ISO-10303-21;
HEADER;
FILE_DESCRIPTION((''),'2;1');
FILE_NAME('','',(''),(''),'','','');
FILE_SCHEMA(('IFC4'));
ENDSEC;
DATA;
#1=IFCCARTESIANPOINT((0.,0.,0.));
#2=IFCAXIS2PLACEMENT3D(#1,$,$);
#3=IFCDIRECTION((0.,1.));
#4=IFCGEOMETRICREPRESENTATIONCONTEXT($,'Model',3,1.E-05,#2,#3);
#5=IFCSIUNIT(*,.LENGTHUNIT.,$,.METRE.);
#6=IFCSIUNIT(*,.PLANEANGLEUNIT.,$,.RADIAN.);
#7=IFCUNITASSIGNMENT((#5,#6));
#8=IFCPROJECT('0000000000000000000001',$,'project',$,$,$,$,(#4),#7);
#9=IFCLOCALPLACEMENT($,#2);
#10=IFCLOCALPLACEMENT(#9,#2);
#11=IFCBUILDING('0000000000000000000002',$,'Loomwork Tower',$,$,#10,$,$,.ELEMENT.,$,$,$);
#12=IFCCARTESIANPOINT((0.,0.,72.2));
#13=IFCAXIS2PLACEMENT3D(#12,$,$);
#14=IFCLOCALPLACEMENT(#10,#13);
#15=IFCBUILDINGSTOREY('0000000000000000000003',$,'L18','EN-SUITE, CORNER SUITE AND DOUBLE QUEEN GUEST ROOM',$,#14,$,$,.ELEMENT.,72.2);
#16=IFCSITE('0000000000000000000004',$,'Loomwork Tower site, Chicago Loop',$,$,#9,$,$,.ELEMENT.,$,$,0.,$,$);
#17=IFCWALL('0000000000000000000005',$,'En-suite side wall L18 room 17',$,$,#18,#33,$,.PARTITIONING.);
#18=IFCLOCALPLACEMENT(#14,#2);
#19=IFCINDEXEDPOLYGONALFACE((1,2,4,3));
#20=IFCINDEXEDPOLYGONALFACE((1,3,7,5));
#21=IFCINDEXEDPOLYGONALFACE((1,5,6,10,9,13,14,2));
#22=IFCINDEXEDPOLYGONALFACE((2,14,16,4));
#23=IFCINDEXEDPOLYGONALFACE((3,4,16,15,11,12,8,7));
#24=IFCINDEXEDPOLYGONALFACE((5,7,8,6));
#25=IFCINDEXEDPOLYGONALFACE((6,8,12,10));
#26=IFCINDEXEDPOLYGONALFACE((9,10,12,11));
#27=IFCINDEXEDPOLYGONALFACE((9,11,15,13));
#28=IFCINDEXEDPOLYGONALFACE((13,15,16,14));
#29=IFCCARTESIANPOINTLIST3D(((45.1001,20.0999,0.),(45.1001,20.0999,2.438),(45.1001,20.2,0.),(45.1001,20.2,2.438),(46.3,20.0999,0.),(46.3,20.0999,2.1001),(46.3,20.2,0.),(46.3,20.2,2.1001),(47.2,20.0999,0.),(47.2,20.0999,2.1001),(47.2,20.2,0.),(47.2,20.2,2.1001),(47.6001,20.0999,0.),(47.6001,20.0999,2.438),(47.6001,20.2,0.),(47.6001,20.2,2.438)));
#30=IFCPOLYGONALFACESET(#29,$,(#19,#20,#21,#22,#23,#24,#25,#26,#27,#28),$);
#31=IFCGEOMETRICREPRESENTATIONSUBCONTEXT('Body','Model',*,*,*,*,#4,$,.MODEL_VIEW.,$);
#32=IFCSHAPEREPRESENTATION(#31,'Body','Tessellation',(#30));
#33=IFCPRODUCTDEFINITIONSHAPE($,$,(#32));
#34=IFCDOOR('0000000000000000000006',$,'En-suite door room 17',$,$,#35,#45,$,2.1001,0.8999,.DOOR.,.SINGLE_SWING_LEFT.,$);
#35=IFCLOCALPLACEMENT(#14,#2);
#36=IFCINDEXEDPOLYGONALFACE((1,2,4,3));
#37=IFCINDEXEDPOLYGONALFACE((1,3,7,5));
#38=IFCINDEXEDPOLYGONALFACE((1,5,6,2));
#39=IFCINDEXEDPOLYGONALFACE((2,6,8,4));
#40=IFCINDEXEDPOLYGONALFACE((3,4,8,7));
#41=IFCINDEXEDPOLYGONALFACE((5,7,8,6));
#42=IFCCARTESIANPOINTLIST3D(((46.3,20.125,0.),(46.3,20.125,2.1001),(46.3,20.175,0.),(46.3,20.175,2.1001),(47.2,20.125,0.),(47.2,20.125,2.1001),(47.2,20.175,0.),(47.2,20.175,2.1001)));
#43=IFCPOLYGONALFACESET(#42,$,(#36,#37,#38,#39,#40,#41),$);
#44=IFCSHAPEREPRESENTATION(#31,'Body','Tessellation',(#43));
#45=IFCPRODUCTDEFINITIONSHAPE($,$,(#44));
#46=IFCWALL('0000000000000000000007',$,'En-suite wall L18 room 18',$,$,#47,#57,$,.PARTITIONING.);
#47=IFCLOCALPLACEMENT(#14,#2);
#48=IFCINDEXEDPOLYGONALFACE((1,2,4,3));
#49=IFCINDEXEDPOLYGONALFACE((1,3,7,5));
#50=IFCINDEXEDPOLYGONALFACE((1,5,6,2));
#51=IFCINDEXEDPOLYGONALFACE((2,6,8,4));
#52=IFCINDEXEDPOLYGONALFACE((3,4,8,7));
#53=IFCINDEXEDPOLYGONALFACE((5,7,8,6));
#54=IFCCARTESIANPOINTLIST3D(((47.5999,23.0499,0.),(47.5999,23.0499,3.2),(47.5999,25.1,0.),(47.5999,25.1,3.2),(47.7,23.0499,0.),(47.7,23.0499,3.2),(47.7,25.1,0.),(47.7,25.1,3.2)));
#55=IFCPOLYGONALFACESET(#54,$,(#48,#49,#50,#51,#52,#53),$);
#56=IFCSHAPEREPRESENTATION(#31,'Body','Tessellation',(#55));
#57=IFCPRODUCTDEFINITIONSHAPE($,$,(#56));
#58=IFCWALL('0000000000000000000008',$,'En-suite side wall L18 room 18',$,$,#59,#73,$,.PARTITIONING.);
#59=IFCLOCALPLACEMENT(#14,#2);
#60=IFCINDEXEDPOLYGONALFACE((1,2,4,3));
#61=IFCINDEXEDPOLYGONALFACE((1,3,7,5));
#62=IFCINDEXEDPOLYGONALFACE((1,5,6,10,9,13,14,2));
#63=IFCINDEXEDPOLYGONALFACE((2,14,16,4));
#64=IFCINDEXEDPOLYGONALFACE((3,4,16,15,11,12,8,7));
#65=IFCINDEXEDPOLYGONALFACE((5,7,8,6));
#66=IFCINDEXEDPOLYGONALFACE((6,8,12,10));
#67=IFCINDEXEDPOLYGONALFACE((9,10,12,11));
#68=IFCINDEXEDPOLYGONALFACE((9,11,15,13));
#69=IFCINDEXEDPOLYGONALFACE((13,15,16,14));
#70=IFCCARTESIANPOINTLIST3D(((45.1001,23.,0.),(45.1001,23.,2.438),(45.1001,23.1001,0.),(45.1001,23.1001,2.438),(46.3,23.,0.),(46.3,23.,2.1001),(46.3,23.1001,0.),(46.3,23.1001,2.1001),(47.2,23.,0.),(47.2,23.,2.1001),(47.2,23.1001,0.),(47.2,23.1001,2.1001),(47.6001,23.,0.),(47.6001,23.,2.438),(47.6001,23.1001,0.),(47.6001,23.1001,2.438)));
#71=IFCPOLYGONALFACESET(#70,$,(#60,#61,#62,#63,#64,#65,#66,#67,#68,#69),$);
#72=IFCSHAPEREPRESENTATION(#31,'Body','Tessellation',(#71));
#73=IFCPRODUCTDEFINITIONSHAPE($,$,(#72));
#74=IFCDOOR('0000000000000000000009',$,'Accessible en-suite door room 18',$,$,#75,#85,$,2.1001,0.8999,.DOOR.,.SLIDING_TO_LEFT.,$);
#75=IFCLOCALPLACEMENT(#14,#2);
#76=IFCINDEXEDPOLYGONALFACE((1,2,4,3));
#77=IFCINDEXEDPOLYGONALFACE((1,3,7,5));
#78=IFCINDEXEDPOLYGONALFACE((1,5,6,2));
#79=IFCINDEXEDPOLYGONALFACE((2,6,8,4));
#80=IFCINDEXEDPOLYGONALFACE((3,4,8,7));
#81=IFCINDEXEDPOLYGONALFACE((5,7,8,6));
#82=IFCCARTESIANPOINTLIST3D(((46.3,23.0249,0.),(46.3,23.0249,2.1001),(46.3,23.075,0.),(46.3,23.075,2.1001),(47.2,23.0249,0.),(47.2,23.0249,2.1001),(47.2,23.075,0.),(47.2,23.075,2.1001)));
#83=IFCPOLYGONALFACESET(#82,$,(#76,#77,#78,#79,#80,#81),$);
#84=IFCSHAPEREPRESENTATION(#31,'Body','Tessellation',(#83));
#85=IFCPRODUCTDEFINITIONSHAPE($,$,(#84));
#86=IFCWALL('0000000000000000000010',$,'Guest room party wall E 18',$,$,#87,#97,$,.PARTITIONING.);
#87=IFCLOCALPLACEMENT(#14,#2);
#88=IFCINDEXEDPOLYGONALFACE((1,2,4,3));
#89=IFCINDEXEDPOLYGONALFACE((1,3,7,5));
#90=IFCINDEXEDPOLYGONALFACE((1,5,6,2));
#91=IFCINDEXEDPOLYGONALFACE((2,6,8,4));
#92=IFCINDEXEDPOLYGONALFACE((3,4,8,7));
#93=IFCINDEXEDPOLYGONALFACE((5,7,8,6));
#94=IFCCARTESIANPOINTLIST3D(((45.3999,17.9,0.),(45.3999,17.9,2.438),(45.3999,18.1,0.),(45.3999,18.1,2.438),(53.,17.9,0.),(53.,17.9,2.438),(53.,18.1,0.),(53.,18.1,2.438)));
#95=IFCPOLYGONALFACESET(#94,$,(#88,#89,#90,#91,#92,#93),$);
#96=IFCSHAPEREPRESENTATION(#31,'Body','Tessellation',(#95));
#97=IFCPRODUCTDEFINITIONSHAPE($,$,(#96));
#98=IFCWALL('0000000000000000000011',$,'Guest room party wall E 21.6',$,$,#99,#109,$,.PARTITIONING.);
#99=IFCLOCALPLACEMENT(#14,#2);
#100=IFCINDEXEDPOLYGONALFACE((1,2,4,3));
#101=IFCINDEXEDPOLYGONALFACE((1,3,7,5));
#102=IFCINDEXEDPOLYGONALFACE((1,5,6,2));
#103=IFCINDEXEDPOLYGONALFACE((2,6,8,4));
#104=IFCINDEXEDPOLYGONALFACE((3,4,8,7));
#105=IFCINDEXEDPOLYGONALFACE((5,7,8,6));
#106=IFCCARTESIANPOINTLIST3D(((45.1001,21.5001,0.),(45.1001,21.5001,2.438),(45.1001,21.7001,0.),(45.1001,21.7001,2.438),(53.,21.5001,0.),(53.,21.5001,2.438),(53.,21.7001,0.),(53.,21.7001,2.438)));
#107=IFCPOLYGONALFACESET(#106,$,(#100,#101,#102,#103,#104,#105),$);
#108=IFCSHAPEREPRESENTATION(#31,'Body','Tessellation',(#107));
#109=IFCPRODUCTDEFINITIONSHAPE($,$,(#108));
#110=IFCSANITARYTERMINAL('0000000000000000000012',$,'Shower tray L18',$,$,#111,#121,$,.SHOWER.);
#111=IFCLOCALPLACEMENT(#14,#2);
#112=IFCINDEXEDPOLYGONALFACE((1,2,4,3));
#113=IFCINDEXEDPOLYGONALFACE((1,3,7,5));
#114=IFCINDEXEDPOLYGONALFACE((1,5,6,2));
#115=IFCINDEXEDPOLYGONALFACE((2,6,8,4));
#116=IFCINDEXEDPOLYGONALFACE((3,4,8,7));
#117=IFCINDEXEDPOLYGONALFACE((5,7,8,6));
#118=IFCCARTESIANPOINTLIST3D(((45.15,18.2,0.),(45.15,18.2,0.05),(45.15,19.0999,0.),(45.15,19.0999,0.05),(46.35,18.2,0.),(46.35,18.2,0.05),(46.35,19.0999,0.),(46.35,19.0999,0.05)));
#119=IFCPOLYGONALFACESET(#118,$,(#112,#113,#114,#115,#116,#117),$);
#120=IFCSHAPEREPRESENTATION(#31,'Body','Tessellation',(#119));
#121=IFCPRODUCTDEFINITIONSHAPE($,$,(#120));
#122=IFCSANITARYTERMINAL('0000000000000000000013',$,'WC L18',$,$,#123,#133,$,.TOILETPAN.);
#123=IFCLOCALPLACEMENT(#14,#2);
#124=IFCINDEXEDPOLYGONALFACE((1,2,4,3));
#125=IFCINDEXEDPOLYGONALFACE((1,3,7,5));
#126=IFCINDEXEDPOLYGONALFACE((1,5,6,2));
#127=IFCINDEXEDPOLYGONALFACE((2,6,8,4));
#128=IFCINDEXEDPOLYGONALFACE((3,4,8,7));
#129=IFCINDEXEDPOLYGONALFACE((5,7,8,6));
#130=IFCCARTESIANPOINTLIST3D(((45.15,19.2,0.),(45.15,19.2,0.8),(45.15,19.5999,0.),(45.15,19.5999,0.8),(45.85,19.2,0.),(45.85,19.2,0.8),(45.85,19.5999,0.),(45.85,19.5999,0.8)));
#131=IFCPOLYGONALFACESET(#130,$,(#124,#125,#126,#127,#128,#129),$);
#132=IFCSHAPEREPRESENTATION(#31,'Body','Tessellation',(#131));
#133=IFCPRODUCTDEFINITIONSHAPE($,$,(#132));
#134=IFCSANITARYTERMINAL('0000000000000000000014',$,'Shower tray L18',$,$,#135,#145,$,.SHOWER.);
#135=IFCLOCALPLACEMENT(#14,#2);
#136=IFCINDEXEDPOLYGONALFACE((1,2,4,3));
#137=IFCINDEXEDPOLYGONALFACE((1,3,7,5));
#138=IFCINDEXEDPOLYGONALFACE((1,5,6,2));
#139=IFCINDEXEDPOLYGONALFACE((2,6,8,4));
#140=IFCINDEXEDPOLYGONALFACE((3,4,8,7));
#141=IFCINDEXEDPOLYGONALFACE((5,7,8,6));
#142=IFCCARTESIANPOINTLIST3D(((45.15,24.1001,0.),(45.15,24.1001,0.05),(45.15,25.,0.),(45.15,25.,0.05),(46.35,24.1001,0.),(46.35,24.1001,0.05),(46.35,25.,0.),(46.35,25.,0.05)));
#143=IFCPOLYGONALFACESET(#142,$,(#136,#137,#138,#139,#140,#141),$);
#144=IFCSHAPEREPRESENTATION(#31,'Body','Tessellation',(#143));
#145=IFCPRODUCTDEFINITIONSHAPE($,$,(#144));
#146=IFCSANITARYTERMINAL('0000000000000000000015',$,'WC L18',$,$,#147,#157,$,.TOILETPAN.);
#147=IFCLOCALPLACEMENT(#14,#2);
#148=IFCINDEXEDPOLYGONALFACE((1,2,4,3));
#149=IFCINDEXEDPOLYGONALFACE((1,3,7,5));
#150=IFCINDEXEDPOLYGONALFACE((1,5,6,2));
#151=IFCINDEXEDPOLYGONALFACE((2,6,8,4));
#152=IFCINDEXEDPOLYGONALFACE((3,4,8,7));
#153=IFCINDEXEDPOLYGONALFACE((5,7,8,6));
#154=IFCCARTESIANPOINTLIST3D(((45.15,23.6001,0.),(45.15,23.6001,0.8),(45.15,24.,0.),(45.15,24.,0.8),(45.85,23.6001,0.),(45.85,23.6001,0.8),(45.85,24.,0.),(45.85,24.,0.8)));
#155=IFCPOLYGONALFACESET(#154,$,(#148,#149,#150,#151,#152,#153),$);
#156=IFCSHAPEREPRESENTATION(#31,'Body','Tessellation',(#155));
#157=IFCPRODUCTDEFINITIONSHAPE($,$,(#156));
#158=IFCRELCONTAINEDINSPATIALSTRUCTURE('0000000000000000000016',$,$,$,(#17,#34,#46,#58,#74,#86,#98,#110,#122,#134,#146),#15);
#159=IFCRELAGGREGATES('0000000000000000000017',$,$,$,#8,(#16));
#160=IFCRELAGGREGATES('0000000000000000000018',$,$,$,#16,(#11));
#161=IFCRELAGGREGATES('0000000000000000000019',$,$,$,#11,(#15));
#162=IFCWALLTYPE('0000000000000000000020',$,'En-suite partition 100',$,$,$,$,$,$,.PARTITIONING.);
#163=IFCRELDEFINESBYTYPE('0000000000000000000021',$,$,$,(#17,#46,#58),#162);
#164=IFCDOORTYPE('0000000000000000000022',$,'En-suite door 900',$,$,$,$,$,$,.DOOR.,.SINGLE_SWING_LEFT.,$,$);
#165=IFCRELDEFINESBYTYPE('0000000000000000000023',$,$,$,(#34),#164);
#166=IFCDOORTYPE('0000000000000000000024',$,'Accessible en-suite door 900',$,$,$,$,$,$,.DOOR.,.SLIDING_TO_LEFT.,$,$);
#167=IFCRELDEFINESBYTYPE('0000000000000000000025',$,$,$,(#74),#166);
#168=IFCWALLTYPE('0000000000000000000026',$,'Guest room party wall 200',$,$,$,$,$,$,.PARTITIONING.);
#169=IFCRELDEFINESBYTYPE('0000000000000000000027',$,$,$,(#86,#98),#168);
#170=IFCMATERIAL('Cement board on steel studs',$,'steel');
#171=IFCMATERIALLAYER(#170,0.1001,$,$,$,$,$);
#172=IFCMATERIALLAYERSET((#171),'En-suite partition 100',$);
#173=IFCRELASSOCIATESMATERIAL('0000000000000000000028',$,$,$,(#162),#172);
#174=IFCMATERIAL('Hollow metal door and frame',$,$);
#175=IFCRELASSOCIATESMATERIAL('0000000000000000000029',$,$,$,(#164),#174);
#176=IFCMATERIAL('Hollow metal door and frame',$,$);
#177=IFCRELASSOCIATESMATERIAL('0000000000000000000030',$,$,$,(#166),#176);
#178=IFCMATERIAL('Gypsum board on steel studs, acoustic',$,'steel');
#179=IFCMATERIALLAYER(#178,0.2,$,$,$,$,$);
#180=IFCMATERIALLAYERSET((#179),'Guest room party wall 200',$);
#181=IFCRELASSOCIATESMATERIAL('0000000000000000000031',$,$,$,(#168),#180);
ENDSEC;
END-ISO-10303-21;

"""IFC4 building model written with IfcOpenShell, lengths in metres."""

from ifc_helpers import new_model, si_unit, direction, frame, frame_2d, origin, origin_2d, place, context, subcontext, project, spatial, rectangle, extrude, material, layer, layer_set, type_object, element, fill, save


model = new_model("IFC4")

# Units and contexts
model_context = context("Model", 3, precision=1e-05, world=origin(), true_north=direction((0.0, 1.0)))
body_context = subcontext(model_context, "Body", "Model", "MODEL_VIEW")
ifc_project = project(units=[si_unit("LENGTHUNIT", "METRE"), si_unit("PLANEANGLEUNIT", "RADIAN")], contexts=[model_context])

# Site, building, storey
site_placement = place(None, origin())
site = spatial("IfcSite", under=ifc_project, at=site_placement, Name="Loomwork Tower site, Chicago Loop", CompositionType="ELEMENT", RefElevation=0.0)
building_placement = place(site_placement, origin())
building = spatial("IfcBuilding", under=site, at=building_placement, Name="Loomwork Tower", CompositionType="ELEMENT")
storey_placement = place(building_placement, frame((0.0, 0.0, 72.2)))
storey = spatial("IfcBuildingStorey", under=building, at=storey_placement, Name="L18", Description="EN-SUITE, CORNER SUITE AND DOUBLE QUEEN GUEST ROOM", CompositionType="ELEMENT", Elevation=72.2)

# Shared definitions
ifc_material_1 = material(Name="Cement board on steel studs", Category="steel")
ifc_layer_1 = layer(ifc_material_1, 0.1001)
ifc_layer_set_1 = layer_set([ifc_layer_1], Name="En-suite partition 100")
wall_type_1 = type_object("IfcWallType", Name="En-suite partition 100", PredefinedType="PARTITIONING", material=ifc_layer_set_1)

# Wall, opening, door
wall_1_placement = place(storey_placement, frame((45.1001, 20.1499, 0.0), z_axis=(0.0, 0.0, 1.0), x_axis=(1.0, 0.0, 0.0)))
wall_1 = element("IfcWall", 1, at=wall_1_placement, inside=storey, type_object=wall_type_1, Name="En-suite side wall L18 room 17", PredefinedType="PARTITIONING", context=body_context, shape_type="SweptSolid", body=[
    extrude(rectangle(XDim=2.5, YDim=0.1001, at=frame_2d((1.25, 0.0))), origin(), (0.0, 0.0, 1.0), 2.438),
])
opening_1_placement = place(wall_1_placement, frame((1.2, 0.0, 0.0)))
opening_1 = element("IfcOpeningElement", 2, at=opening_1_placement, cuts=wall_1, PredefinedType="OPENING", context=body_context, shape_type="SweptSolid", body=[
    extrude(rectangle(XDim=0.8999, YDim=2.1001, at=frame_2d((0.45, 1.05))), frame((0.0, 0.0601, 0.0), z_axis=(0.0, -1.0, 0.0), x_axis=(1.0, 0.0, 0.0)), (0.0, 0.0, 1.0), 0.1201),
])
ifc_material_2 = material(Name="Hollow metal door and frame")
door_type_1 = type_object("IfcDoorType", Name="En-suite door 900", OperationType="SINGLE_SWING_LEFT", PredefinedType="DOOR", material=ifc_material_2)
door_1_placement = place(opening_1_placement, frame((0.8999, 0.0, 0.0), z_axis=(0.0, 0.0, 1.0), x_axis=(-1.0, 0.0, 0.0)))
door_1 = element("IfcDoor", 3, at=door_1_placement, inside=storey, type_object=door_type_1, Name="En-suite door room 17", OperationType="SINGLE_SWING_LEFT", OverallHeight=2.1001, OverallWidth=0.8999, PredefinedType="DOOR", context=body_context, shape_type="SweptSolid", body=[
    extrude(rectangle(XDim=0.8999, YDim=2.1001, at=frame_2d((0.45, 1.05))), frame((0.0, 0.0249, 0.0), z_axis=(0.0, -1.0, 0.0), x_axis=(1.0, 0.0, 0.0)), (0.0, 0.0, 1.0), 0.05),
])
fill(opening_1, door_1)

# Wall
wall_2_placement = place(storey_placement, frame((47.6499, 23.05, 0.0), z_axis=(0.0, 0.0, 1.0), x_axis=(0.0, 1.0, 0.0)))
element("IfcWall", 4, at=wall_2_placement, inside=storey, type_object=wall_type_1, Name="En-suite wall L18 room 18", PredefinedType="PARTITIONING", context=body_context, shape_type="SweptSolid", body=[
    extrude(rectangle(XDim=2.05, YDim=0.1001, at=frame_2d((1.0249, 0.0))), origin(), (0.0, 0.0, 1.0), 3.2),
])

# Wall, opening, door
wall_3_placement = place(storey_placement, frame((45.1001, 23.05, 0.0), z_axis=(0.0, 0.0, 1.0), x_axis=(1.0, 0.0, 0.0)))
wall_3 = element("IfcWall", 5, at=wall_3_placement, inside=storey, type_object=wall_type_1, Name="En-suite side wall L18 room 18", PredefinedType="PARTITIONING", context=body_context, shape_type="SweptSolid", body=[
    extrude(rectangle(XDim=2.5, YDim=0.1001, at=frame_2d((1.25, 0.0))), origin(), (0.0, 0.0, 1.0), 2.438),
])
opening_2_placement = place(wall_3_placement, frame((1.2, 0.0, 0.0)))
opening_2 = element("IfcOpeningElement", 6, at=opening_2_placement, cuts=wall_3, PredefinedType="OPENING", context=body_context, shape_type="SweptSolid", body=[
    extrude(rectangle(XDim=0.8999, YDim=2.1001, at=frame_2d((0.45, 1.05))), frame((0.0, 0.0601, 0.0), z_axis=(0.0, -1.0, 0.0), x_axis=(1.0, 0.0, 0.0)), (0.0, 0.0, 1.0), 0.1201),
])
ifc_material_3 = material(Name="Hollow metal door and frame")
door_type_2 = type_object("IfcDoorType", Name="Accessible en-suite door 900", OperationType="SLIDING_TO_LEFT", PredefinedType="DOOR", material=ifc_material_3)
door_2_placement = place(opening_2_placement, origin())
door_2 = element("IfcDoor", 7, at=door_2_placement, inside=storey, type_object=door_type_2, Name="Accessible en-suite door room 18", OperationType="SLIDING_TO_LEFT", OverallHeight=2.1001, OverallWidth=0.8999, PredefinedType="DOOR", context=body_context, shape_type="SweptSolid", body=[
    extrude(rectangle(XDim=0.8999, YDim=2.1001, at=frame_2d((0.45, 1.05))), frame((0.0, 0.0249, 0.0), z_axis=(0.0, -1.0, 0.0), x_axis=(1.0, 0.0, 0.0)), (0.0, 0.0, 1.0), 0.05),
])
fill(opening_2, door_2)

# Walls
ifc_material_4 = material(Name="Gypsum board on steel studs, acoustic", Category="steel")
ifc_layer_2 = layer(ifc_material_4, 0.2)
ifc_layer_set_2 = layer_set([ifc_layer_2], Name="Guest room party wall 200")
wall_type_2 = type_object("IfcWallType", Name="Guest room party wall 200", PredefinedType="PARTITIONING", material=ifc_layer_set_2)
wall_4_placement = place(storey_placement, frame((45.3999, 18.0, 0.0), z_axis=(0.0, 0.0, 1.0), x_axis=(1.0, 0.0, 0.0)))
element("IfcWall", 8, at=wall_4_placement, inside=storey, type_object=wall_type_2, Name="Guest room party wall E 18", PredefinedType="PARTITIONING", context=body_context, shape_type="SweptSolid", body=[
    extrude(rectangle(XDim=7.6001, YDim=0.2, at=frame_2d((3.8, 0.0))), origin(), (0.0, 0.0, 1.0), 2.438),
])
wall_5_placement = place(storey_placement, frame((45.1001, 21.6001, 0.0), z_axis=(0.0, 0.0, 1.0), x_axis=(1.0, 0.0, 0.0)))
element("IfcWall", 9, at=wall_5_placement, inside=storey, type_object=wall_type_2, Name="Guest room party wall E 21.6", PredefinedType="PARTITIONING", context=body_context, shape_type="SweptSolid", body=[
    extrude(rectangle(XDim=7.8999, YDim=0.2, at=frame_2d((3.95, 0.0))), origin(), (0.0, 0.0, 1.0), 2.438),
])

# Sanitary terminals
sanitary_terminal_1_placement = place(storey_placement, frame((45.75, 18.6499, 0.0), z_axis=(0.0, 0.0, 1.0), x_axis=(1.0, 0.0, 0.0)))
element("IfcSanitaryTerminal", 10, at=sanitary_terminal_1_placement, inside=storey, Name="Shower tray L18", PredefinedType="SHOWER", context=body_context, shape_type="SweptSolid", body=[
    extrude(rectangle(XDim=1.2, YDim=0.8999, at=origin_2d()), origin(), (0.0, 0.0, 1.0), 0.05),
])
sanitary_terminal_2_placement = place(storey_placement, frame((45.5, 19.3999, 0.0), z_axis=(0.0, 0.0, 1.0), x_axis=(1.0, 0.0, 0.0)))
element("IfcSanitaryTerminal", 11, at=sanitary_terminal_2_placement, inside=storey, Name="WC L18", PredefinedType="TOILETPAN", context=body_context, shape_type="SweptSolid", body=[
    extrude(rectangle(XDim=0.7, YDim=0.3999, at=origin_2d()), origin(), (0.0, 0.0, 1.0), 0.8),
])
sanitary_terminal_3_placement = place(storey_placement, frame((45.75, 24.55, 0.0), z_axis=(0.0, 0.0, 1.0), x_axis=(1.0, 0.0, 0.0)))
element("IfcSanitaryTerminal", 12, at=sanitary_terminal_3_placement, inside=storey, Name="Shower tray L18", PredefinedType="SHOWER", context=body_context, shape_type="SweptSolid", body=[
    extrude(rectangle(XDim=1.2, YDim=0.8999, at=origin_2d()), origin(), (0.0, 0.0, 1.0), 0.05),
])
sanitary_terminal_4_placement = place(storey_placement, frame((45.5, 23.8, 0.0), z_axis=(0.0, 0.0, 1.0), x_axis=(1.0, 0.0, 0.0)))
element("IfcSanitaryTerminal", 13, at=sanitary_terminal_4_placement, inside=storey, Name="WC L18", PredefinedType="TOILETPAN", context=body_context, shape_type="SweptSolid", body=[
    extrude(rectangle(XDim=0.7, YDim=0.3999, at=origin_2d()), origin(), (0.0, 0.0, 1.0), 0.8),
])

save(model, "model.ifc")
